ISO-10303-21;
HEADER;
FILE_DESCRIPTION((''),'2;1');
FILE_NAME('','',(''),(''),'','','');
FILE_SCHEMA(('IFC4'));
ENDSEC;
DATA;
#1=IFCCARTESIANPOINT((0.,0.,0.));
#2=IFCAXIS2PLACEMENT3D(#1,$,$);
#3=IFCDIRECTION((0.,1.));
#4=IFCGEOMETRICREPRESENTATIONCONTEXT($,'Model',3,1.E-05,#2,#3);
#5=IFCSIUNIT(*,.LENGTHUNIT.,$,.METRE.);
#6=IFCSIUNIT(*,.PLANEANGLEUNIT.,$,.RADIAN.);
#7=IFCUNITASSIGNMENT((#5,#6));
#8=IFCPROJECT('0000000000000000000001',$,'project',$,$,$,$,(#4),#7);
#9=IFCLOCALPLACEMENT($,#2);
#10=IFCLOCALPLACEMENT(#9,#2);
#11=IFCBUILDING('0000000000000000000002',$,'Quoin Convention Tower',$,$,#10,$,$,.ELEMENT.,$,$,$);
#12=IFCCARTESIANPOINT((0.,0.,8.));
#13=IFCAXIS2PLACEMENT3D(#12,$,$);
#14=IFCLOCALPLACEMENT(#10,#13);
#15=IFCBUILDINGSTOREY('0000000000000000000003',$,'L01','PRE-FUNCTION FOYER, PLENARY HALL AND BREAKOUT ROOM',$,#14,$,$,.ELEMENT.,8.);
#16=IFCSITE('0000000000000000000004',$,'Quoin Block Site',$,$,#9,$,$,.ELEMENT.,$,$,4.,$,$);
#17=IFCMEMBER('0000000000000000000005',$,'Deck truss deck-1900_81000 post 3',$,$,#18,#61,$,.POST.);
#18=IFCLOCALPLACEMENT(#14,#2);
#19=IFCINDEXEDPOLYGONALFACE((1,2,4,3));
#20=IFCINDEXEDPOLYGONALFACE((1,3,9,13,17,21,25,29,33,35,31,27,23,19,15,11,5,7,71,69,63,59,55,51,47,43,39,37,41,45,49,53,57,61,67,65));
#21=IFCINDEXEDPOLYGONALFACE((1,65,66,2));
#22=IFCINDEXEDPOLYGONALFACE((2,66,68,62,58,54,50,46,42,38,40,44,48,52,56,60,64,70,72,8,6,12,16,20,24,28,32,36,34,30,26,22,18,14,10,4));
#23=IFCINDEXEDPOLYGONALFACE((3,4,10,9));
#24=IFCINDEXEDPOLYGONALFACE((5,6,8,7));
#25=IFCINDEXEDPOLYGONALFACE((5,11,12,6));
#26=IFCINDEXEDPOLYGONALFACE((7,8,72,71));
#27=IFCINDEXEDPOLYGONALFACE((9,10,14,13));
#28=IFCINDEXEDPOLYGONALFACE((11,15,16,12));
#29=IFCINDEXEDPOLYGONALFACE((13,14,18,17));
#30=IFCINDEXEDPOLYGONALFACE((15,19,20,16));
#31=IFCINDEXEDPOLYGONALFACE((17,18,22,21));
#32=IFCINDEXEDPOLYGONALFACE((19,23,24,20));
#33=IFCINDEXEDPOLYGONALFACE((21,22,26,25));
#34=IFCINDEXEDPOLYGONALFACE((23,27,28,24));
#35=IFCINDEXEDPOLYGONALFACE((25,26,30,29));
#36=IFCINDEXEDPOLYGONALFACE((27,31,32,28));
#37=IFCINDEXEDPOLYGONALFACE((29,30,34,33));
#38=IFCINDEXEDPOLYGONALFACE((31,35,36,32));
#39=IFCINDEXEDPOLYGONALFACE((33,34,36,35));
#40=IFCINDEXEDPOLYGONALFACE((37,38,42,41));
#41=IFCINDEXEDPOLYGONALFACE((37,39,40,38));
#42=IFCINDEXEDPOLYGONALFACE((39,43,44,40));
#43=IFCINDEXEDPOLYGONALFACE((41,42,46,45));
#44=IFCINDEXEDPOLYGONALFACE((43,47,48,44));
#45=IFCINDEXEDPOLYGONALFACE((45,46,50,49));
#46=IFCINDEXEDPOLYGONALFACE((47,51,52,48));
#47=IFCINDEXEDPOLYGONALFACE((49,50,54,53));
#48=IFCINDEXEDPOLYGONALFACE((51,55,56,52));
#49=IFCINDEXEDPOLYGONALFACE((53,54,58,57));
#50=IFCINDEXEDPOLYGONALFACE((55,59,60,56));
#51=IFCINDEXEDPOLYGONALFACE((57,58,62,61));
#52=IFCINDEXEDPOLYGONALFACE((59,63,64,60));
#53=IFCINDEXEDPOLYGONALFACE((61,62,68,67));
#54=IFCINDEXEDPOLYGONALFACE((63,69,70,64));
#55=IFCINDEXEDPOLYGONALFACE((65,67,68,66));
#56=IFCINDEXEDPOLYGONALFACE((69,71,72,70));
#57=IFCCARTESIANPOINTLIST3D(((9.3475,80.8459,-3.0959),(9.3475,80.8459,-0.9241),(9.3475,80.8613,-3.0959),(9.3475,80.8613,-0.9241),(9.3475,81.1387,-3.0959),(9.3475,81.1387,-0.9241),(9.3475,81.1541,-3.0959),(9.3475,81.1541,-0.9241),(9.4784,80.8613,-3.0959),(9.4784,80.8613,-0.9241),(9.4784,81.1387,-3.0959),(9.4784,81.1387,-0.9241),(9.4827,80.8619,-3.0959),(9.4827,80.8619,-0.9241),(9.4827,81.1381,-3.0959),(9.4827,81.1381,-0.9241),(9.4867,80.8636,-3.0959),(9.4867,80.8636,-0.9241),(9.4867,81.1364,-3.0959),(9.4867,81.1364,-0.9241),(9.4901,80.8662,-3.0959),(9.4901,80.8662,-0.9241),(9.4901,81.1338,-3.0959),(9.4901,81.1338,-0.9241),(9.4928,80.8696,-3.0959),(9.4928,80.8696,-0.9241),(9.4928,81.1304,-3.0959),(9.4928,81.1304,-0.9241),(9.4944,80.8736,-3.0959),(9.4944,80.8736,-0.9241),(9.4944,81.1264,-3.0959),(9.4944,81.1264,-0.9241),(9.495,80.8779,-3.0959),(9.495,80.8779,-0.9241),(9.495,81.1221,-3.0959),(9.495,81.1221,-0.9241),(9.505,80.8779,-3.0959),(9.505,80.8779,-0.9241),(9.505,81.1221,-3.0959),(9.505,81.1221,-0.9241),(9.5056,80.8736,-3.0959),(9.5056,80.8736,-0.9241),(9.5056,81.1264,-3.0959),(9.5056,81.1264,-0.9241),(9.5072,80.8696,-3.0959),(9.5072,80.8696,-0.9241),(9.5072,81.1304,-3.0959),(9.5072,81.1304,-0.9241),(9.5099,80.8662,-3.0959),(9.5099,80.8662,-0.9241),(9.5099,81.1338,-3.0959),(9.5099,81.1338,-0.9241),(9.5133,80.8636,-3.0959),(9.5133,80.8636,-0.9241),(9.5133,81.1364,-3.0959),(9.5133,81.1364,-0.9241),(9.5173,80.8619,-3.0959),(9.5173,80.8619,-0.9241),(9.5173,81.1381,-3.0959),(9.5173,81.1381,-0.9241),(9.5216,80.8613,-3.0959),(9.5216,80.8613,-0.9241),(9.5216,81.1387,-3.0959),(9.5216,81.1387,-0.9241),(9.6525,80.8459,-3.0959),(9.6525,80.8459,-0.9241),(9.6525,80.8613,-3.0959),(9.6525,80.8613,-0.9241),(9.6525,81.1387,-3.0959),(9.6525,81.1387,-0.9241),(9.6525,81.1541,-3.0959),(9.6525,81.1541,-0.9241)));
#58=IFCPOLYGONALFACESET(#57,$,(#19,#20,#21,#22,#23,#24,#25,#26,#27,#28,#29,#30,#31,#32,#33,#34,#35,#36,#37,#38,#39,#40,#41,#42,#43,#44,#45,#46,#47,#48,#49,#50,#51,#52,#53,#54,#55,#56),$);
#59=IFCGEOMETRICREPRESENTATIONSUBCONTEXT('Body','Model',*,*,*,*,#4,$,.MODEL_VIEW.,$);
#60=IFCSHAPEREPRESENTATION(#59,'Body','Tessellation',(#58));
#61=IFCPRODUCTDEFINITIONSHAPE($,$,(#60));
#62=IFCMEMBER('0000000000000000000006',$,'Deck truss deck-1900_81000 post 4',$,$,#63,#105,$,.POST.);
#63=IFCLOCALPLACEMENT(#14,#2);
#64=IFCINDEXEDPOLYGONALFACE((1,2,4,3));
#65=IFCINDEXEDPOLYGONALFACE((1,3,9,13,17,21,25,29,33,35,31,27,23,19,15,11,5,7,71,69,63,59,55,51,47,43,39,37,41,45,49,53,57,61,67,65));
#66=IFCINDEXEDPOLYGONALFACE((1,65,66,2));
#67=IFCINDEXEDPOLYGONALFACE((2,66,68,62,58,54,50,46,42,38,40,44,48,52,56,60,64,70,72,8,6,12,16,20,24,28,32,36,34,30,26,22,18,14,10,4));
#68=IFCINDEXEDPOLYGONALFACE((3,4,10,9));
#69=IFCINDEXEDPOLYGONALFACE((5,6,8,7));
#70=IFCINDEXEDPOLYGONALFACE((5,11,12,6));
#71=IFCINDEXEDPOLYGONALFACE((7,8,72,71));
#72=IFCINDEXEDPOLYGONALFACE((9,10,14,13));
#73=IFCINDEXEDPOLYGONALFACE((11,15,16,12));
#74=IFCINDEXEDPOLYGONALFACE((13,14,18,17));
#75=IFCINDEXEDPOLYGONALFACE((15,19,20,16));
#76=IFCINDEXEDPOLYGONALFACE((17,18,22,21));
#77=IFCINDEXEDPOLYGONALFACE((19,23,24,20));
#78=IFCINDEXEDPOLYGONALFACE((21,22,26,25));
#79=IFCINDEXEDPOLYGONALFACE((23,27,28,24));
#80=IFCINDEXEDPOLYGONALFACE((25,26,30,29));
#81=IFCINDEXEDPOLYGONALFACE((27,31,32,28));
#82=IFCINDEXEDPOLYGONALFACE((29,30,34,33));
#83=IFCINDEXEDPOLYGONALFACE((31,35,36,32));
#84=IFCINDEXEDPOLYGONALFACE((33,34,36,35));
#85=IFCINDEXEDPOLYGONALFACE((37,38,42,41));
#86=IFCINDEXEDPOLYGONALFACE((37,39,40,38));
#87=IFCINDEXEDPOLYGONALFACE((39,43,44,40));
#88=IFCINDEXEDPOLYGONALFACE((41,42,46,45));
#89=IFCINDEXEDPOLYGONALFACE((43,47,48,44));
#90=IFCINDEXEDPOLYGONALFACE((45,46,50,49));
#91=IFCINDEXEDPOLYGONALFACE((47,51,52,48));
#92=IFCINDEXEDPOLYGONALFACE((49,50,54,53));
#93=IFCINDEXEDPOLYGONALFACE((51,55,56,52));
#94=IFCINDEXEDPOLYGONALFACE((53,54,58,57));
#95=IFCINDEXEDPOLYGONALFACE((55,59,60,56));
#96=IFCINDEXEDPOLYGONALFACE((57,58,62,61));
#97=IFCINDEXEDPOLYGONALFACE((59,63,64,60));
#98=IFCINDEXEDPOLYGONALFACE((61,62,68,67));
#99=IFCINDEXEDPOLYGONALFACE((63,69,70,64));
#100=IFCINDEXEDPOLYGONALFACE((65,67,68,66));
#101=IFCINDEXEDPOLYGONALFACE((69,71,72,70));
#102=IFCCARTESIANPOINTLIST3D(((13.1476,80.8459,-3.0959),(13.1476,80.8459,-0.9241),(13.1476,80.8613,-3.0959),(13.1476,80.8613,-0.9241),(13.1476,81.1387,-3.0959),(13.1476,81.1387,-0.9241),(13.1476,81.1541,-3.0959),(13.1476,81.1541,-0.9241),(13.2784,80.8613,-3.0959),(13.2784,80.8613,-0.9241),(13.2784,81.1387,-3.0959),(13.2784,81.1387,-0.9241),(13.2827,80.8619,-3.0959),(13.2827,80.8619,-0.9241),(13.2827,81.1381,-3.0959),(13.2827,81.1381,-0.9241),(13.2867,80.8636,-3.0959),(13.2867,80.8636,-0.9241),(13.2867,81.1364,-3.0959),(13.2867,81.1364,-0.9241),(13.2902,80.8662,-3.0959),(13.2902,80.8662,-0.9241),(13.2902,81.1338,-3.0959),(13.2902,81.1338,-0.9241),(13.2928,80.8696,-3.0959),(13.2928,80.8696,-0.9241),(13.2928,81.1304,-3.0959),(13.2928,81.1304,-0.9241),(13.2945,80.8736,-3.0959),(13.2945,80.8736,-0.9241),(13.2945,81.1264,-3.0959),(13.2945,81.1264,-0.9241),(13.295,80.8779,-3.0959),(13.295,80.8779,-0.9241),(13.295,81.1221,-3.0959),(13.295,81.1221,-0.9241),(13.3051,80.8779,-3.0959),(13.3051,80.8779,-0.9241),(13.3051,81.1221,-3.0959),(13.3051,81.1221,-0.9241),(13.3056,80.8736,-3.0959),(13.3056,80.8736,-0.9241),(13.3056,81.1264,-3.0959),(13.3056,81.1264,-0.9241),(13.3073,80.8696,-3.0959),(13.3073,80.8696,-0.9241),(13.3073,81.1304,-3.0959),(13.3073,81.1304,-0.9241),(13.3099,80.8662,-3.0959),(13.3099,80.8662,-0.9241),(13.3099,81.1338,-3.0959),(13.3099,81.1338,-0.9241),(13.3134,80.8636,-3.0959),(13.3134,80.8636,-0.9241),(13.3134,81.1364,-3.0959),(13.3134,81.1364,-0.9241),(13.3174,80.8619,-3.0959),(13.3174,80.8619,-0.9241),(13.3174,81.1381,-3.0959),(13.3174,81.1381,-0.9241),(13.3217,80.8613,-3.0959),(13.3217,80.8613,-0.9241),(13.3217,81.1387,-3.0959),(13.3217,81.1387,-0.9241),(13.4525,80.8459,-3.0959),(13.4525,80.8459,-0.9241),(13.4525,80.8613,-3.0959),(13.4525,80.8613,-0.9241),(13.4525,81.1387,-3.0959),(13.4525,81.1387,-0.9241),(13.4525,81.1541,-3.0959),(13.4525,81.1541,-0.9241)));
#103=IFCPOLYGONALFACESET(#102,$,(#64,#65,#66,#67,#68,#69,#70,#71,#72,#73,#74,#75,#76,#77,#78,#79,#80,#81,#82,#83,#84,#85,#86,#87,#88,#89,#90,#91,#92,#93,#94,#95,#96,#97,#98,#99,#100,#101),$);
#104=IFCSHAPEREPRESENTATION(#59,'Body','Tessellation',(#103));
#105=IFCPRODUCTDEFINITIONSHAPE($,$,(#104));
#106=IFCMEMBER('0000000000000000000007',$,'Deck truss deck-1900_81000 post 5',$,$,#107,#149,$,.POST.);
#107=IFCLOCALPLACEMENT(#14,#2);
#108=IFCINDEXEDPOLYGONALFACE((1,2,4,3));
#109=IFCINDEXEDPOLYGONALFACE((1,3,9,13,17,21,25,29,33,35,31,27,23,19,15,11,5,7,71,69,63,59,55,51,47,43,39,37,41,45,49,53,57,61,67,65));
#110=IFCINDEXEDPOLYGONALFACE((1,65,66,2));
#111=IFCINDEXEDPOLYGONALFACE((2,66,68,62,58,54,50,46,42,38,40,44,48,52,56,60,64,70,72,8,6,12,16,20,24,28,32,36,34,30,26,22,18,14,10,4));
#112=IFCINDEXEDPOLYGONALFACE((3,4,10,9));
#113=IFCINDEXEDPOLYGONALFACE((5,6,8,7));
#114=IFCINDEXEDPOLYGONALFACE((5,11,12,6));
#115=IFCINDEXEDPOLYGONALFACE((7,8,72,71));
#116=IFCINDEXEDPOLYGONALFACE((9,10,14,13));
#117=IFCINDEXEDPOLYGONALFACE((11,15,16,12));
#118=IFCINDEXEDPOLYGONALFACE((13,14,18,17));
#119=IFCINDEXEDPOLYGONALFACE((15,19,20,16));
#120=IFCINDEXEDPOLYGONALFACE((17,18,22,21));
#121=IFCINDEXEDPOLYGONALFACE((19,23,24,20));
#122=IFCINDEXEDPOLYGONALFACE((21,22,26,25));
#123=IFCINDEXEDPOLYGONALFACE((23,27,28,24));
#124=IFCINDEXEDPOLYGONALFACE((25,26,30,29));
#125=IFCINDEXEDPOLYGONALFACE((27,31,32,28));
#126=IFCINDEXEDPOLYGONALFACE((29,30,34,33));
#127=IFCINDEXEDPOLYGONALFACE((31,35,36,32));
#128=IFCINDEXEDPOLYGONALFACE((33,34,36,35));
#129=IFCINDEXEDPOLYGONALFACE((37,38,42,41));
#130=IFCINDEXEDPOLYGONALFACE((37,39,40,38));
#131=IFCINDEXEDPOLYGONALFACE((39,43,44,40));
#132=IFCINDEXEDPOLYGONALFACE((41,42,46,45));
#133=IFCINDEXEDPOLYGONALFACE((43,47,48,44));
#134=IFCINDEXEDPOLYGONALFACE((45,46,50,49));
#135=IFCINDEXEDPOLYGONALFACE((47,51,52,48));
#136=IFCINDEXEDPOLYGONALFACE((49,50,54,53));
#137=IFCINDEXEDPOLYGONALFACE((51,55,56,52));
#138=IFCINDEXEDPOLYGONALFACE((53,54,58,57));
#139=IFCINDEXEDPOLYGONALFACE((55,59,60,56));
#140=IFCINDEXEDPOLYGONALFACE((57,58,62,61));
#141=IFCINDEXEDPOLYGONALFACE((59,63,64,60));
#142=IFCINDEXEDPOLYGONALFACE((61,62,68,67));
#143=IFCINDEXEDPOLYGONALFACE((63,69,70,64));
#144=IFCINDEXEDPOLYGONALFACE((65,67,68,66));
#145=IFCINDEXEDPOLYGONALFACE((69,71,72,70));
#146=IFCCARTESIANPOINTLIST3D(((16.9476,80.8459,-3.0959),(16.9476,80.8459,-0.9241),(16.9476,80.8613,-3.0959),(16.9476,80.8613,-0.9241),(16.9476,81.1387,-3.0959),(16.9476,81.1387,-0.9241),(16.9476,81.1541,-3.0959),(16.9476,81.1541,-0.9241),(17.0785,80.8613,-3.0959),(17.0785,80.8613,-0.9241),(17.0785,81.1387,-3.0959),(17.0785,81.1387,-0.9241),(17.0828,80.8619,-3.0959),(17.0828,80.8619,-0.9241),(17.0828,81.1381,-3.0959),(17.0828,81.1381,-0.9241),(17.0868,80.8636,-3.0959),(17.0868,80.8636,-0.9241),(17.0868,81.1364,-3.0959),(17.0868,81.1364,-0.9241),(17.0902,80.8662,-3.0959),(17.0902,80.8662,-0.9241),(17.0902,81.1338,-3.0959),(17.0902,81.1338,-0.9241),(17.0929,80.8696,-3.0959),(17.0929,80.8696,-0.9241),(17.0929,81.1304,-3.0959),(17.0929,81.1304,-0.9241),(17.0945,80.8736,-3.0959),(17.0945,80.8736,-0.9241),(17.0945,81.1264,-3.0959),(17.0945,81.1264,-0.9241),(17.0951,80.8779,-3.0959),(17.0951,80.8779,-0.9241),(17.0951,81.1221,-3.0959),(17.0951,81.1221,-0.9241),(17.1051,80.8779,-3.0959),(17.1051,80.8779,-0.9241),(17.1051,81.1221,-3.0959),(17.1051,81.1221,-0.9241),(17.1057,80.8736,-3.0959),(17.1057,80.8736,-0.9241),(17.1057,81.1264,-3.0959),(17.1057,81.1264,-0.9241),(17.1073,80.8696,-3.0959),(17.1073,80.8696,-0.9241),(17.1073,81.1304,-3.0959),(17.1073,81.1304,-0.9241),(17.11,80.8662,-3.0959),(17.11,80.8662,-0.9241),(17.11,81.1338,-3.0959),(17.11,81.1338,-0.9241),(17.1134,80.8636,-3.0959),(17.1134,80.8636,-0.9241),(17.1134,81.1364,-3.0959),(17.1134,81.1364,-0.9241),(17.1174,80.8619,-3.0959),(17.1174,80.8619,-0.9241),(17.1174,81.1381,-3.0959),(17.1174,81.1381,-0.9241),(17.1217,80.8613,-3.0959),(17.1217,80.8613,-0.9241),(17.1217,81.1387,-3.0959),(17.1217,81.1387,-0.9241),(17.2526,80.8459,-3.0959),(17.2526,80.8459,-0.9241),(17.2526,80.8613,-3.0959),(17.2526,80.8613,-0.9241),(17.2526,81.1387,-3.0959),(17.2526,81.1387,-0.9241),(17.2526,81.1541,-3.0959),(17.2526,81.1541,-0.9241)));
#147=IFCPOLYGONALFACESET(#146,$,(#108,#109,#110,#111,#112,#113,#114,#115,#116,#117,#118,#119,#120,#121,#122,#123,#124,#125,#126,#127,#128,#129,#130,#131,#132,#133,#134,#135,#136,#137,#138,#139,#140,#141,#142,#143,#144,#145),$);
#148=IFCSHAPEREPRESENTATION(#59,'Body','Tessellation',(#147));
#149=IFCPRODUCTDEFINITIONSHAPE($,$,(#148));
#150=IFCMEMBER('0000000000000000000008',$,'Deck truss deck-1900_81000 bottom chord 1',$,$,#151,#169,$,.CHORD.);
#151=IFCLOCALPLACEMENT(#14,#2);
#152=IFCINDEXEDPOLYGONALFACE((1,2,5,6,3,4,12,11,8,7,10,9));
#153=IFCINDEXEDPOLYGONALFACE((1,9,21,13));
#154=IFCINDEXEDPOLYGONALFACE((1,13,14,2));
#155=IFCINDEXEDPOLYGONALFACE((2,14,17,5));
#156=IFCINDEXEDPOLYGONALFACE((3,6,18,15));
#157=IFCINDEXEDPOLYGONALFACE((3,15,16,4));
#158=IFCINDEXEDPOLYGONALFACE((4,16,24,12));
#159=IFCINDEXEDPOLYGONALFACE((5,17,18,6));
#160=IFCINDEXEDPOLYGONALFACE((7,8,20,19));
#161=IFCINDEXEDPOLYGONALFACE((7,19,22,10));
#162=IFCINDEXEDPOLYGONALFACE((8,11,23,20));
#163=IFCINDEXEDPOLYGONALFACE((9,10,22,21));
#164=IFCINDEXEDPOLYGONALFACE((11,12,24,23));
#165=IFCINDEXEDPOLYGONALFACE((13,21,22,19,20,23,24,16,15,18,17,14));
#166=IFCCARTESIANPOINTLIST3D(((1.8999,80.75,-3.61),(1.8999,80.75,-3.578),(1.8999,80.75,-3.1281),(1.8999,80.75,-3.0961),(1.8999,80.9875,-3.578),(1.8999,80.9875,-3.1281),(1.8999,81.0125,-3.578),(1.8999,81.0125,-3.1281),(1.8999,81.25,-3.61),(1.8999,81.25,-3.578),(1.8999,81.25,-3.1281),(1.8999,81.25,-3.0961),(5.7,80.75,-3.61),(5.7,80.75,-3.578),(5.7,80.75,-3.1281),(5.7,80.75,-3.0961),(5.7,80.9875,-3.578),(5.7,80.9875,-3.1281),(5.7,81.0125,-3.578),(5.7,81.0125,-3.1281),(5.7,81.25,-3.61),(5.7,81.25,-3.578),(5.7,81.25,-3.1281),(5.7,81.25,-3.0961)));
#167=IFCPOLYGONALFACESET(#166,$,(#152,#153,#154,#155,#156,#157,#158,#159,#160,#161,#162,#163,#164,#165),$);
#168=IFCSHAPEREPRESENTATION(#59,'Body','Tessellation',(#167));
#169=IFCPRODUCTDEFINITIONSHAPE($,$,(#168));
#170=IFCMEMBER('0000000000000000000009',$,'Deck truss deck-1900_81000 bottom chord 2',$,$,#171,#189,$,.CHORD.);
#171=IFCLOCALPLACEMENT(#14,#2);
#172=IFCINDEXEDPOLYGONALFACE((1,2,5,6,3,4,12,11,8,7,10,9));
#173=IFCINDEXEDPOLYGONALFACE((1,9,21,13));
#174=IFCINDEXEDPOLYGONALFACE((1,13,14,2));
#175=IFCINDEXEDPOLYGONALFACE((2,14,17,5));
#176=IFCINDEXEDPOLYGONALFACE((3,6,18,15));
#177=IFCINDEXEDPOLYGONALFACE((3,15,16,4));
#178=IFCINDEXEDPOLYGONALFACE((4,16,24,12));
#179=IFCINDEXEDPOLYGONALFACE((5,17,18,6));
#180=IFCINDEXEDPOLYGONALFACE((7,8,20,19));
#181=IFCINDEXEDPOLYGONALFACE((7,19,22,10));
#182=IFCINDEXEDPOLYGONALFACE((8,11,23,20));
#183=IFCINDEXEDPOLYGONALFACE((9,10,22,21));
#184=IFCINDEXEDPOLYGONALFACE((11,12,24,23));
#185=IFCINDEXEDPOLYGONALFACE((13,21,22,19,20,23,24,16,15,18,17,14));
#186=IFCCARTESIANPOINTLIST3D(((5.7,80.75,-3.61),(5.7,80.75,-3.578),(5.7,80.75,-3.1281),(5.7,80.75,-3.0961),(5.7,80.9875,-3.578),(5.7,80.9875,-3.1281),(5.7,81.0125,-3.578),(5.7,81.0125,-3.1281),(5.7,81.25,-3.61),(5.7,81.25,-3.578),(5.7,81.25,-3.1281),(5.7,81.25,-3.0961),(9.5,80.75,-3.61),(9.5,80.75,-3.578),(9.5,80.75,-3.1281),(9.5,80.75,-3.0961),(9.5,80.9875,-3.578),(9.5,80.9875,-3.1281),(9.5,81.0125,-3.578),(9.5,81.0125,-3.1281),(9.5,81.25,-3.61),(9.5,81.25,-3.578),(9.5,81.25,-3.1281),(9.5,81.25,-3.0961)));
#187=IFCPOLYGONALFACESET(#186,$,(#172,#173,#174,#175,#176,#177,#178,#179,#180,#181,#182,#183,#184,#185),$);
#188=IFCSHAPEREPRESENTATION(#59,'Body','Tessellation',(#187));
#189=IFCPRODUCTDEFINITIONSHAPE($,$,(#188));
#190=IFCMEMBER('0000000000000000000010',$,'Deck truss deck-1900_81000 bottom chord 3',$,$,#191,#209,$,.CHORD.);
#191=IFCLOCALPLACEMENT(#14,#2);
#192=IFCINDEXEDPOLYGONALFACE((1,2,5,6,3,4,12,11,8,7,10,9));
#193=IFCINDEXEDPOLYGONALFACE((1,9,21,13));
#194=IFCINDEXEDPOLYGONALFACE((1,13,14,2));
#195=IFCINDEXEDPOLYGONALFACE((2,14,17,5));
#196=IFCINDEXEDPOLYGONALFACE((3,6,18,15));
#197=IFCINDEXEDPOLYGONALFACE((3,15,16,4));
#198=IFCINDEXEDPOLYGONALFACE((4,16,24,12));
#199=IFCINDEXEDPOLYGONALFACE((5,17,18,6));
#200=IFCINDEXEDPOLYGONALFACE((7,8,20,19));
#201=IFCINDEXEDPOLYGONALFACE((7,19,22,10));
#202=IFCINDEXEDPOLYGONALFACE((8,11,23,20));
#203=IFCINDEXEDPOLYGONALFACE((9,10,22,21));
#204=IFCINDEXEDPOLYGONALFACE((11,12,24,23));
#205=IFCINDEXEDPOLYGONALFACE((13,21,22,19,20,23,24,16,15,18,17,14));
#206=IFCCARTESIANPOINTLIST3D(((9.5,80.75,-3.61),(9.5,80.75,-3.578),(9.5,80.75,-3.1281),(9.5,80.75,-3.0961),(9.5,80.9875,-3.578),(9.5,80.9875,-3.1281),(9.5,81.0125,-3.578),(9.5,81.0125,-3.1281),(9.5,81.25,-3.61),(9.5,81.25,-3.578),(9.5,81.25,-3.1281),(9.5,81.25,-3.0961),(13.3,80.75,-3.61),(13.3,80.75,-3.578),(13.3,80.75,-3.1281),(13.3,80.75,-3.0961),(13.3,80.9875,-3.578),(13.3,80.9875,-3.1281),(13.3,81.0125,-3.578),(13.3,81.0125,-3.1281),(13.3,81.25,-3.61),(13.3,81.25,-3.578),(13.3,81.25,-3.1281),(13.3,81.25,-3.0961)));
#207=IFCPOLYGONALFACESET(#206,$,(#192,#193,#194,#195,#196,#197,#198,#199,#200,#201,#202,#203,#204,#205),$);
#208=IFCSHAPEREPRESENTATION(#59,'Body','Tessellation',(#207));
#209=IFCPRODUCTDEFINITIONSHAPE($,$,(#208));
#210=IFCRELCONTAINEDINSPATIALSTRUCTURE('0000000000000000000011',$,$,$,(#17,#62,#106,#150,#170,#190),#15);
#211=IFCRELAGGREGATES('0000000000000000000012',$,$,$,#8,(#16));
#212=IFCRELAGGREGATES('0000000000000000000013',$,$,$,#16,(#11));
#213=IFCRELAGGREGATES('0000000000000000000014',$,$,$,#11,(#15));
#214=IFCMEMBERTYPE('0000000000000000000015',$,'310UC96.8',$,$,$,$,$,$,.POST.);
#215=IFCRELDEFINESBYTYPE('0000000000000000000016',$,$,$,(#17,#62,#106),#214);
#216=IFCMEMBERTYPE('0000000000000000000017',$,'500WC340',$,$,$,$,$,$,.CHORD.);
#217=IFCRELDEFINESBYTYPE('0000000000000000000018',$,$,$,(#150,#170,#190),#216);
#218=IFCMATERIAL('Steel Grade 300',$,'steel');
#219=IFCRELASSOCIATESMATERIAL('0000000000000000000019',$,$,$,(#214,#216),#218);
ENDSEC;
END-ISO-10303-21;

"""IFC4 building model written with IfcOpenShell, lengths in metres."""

from ifc_helpers import new_model, si_unit, direction, frame, origin, origin_2d, place, context, subcontext, project, spatial, i_section, extrude, material, material_profile, profile_set, type_object, element, save


model = new_model("IFC4")

# Units and contexts
model_context = context("Model", 3, precision=1e-05, world=origin(), true_north=direction((0.0, 1.0)))
body_context = subcontext(model_context, "Body", "Model", "MODEL_VIEW")
ifc_project = project(units=[si_unit("LENGTHUNIT", "METRE"), si_unit("PLANEANGLEUNIT", "RADIAN")], contexts=[model_context])

# Site, building, storey
site_placement = place(None, origin())
site = spatial("IfcSite", under=ifc_project, at=site_placement, Name="Quoin Block Site", CompositionType="ELEMENT", RefElevation=4.0)
building_placement = place(site_placement, origin())
building = spatial("IfcBuilding", under=site, at=building_placement, Name="Quoin Convention Tower", CompositionType="ELEMENT")
storey_placement = place(building_placement, frame((0.0, 0.0, 8.0)))
storey = spatial("IfcBuildingStorey", under=building, at=storey_placement, Name="L01", Description="PRE-FUNCTION FOYER, PLENARY HALL AND BREAKOUT ROOM", CompositionType="ELEMENT", Elevation=8.0)

# Shared definitions
ifc_material_1 = material(Name="Steel Grade 300", Category="steel")

# Members
ifc_material_profile_1 = material_profile(ifc_material_1, i_section(OverallWidth=0.3049, OverallDepth=0.3081, WebThickness=0.01, FlangeThickness=0.0154, FilletRadius=0.0166, at=origin_2d()), Name="310UC96.8")
ifc_profile_set_1 = profile_set([ifc_material_profile_1], Name="Steel Grade 300")
member_type_1 = type_object("IfcMemberType", Name="310UC96.8", PredefinedType="POST", material=ifc_profile_set_1)
for number, where, z_axis, x_axis, name in (
    (1, (9.5, 81.0, -3.0959), (0.0, 0.0, 1.0), (1.0, 0.0, 0.0), "Deck truss deck-1900_81000 post 3"),
    (2, (13.3, 81.0, -3.0959), (0.0, 0.0, 1.0), (1.0, 0.0, 0.0), "Deck truss deck-1900_81000 post 4"),
    (3, (17.1001, 81.0, -3.0959), (0.0, 0.0, 1.0), (1.0, 0.0, 0.0), "Deck truss deck-1900_81000 post 5"),
):
    element("IfcMember", number, at=place(storey_placement, frame(where, z_axis=z_axis, x_axis=x_axis)), inside=storey, type_object=member_type_1, Name=name, PredefinedType="POST", context=body_context, shape_type="SweptSolid", body=[
        extrude(i_section(OverallWidth=0.3049, OverallDepth=0.3081, WebThickness=0.01, FlangeThickness=0.0154, FilletRadius=0.0166, at=origin_2d()), origin(), (0.0, 0.0, 1.0), 2.1719),
    ])
ifc_material_profile_2 = material_profile(ifc_material_1, i_section(OverallWidth=0.5, OverallDepth=0.5139, WebThickness=0.0249, FlangeThickness=0.032, at=origin_2d()), Name="500WC340")
ifc_profile_set_2 = profile_set([ifc_material_profile_2], Name="Steel Grade 300")
member_type_2 = type_object("IfcMemberType", Name="500WC340", PredefinedType="CHORD", material=ifc_profile_set_2)
for number, where, z_axis, x_axis, name in (
    (4, (1.8999, 81.0, -3.353), (1.0, 0.0, 0.0), (0.0, 1.0, 0.0), "Deck truss deck-1900_81000 bottom chord 1"),
    (5, (5.7, 81.0, -3.353), (1.0, 0.0, 0.0), (0.0, 1.0, 0.0), "Deck truss deck-1900_81000 bottom chord 2"),
    (6, (9.5, 81.0, -3.353), (1.0, 0.0, 0.0), (0.0, 1.0, 0.0), "Deck truss deck-1900_81000 bottom chord 3"),
):
    element("IfcMember", number, at=place(storey_placement, frame(where, z_axis=z_axis, x_axis=x_axis)), inside=storey, type_object=member_type_2, Name=name, PredefinedType="CHORD", context=body_context, shape_type="SweptSolid", body=[
        extrude(i_section(OverallWidth=0.5, OverallDepth=0.5139, WebThickness=0.0249, FlangeThickness=0.032, at=origin_2d()), origin(), (0.0, 0.0, 1.0), 3.8),
    ])

save(model, "model.ifc")
